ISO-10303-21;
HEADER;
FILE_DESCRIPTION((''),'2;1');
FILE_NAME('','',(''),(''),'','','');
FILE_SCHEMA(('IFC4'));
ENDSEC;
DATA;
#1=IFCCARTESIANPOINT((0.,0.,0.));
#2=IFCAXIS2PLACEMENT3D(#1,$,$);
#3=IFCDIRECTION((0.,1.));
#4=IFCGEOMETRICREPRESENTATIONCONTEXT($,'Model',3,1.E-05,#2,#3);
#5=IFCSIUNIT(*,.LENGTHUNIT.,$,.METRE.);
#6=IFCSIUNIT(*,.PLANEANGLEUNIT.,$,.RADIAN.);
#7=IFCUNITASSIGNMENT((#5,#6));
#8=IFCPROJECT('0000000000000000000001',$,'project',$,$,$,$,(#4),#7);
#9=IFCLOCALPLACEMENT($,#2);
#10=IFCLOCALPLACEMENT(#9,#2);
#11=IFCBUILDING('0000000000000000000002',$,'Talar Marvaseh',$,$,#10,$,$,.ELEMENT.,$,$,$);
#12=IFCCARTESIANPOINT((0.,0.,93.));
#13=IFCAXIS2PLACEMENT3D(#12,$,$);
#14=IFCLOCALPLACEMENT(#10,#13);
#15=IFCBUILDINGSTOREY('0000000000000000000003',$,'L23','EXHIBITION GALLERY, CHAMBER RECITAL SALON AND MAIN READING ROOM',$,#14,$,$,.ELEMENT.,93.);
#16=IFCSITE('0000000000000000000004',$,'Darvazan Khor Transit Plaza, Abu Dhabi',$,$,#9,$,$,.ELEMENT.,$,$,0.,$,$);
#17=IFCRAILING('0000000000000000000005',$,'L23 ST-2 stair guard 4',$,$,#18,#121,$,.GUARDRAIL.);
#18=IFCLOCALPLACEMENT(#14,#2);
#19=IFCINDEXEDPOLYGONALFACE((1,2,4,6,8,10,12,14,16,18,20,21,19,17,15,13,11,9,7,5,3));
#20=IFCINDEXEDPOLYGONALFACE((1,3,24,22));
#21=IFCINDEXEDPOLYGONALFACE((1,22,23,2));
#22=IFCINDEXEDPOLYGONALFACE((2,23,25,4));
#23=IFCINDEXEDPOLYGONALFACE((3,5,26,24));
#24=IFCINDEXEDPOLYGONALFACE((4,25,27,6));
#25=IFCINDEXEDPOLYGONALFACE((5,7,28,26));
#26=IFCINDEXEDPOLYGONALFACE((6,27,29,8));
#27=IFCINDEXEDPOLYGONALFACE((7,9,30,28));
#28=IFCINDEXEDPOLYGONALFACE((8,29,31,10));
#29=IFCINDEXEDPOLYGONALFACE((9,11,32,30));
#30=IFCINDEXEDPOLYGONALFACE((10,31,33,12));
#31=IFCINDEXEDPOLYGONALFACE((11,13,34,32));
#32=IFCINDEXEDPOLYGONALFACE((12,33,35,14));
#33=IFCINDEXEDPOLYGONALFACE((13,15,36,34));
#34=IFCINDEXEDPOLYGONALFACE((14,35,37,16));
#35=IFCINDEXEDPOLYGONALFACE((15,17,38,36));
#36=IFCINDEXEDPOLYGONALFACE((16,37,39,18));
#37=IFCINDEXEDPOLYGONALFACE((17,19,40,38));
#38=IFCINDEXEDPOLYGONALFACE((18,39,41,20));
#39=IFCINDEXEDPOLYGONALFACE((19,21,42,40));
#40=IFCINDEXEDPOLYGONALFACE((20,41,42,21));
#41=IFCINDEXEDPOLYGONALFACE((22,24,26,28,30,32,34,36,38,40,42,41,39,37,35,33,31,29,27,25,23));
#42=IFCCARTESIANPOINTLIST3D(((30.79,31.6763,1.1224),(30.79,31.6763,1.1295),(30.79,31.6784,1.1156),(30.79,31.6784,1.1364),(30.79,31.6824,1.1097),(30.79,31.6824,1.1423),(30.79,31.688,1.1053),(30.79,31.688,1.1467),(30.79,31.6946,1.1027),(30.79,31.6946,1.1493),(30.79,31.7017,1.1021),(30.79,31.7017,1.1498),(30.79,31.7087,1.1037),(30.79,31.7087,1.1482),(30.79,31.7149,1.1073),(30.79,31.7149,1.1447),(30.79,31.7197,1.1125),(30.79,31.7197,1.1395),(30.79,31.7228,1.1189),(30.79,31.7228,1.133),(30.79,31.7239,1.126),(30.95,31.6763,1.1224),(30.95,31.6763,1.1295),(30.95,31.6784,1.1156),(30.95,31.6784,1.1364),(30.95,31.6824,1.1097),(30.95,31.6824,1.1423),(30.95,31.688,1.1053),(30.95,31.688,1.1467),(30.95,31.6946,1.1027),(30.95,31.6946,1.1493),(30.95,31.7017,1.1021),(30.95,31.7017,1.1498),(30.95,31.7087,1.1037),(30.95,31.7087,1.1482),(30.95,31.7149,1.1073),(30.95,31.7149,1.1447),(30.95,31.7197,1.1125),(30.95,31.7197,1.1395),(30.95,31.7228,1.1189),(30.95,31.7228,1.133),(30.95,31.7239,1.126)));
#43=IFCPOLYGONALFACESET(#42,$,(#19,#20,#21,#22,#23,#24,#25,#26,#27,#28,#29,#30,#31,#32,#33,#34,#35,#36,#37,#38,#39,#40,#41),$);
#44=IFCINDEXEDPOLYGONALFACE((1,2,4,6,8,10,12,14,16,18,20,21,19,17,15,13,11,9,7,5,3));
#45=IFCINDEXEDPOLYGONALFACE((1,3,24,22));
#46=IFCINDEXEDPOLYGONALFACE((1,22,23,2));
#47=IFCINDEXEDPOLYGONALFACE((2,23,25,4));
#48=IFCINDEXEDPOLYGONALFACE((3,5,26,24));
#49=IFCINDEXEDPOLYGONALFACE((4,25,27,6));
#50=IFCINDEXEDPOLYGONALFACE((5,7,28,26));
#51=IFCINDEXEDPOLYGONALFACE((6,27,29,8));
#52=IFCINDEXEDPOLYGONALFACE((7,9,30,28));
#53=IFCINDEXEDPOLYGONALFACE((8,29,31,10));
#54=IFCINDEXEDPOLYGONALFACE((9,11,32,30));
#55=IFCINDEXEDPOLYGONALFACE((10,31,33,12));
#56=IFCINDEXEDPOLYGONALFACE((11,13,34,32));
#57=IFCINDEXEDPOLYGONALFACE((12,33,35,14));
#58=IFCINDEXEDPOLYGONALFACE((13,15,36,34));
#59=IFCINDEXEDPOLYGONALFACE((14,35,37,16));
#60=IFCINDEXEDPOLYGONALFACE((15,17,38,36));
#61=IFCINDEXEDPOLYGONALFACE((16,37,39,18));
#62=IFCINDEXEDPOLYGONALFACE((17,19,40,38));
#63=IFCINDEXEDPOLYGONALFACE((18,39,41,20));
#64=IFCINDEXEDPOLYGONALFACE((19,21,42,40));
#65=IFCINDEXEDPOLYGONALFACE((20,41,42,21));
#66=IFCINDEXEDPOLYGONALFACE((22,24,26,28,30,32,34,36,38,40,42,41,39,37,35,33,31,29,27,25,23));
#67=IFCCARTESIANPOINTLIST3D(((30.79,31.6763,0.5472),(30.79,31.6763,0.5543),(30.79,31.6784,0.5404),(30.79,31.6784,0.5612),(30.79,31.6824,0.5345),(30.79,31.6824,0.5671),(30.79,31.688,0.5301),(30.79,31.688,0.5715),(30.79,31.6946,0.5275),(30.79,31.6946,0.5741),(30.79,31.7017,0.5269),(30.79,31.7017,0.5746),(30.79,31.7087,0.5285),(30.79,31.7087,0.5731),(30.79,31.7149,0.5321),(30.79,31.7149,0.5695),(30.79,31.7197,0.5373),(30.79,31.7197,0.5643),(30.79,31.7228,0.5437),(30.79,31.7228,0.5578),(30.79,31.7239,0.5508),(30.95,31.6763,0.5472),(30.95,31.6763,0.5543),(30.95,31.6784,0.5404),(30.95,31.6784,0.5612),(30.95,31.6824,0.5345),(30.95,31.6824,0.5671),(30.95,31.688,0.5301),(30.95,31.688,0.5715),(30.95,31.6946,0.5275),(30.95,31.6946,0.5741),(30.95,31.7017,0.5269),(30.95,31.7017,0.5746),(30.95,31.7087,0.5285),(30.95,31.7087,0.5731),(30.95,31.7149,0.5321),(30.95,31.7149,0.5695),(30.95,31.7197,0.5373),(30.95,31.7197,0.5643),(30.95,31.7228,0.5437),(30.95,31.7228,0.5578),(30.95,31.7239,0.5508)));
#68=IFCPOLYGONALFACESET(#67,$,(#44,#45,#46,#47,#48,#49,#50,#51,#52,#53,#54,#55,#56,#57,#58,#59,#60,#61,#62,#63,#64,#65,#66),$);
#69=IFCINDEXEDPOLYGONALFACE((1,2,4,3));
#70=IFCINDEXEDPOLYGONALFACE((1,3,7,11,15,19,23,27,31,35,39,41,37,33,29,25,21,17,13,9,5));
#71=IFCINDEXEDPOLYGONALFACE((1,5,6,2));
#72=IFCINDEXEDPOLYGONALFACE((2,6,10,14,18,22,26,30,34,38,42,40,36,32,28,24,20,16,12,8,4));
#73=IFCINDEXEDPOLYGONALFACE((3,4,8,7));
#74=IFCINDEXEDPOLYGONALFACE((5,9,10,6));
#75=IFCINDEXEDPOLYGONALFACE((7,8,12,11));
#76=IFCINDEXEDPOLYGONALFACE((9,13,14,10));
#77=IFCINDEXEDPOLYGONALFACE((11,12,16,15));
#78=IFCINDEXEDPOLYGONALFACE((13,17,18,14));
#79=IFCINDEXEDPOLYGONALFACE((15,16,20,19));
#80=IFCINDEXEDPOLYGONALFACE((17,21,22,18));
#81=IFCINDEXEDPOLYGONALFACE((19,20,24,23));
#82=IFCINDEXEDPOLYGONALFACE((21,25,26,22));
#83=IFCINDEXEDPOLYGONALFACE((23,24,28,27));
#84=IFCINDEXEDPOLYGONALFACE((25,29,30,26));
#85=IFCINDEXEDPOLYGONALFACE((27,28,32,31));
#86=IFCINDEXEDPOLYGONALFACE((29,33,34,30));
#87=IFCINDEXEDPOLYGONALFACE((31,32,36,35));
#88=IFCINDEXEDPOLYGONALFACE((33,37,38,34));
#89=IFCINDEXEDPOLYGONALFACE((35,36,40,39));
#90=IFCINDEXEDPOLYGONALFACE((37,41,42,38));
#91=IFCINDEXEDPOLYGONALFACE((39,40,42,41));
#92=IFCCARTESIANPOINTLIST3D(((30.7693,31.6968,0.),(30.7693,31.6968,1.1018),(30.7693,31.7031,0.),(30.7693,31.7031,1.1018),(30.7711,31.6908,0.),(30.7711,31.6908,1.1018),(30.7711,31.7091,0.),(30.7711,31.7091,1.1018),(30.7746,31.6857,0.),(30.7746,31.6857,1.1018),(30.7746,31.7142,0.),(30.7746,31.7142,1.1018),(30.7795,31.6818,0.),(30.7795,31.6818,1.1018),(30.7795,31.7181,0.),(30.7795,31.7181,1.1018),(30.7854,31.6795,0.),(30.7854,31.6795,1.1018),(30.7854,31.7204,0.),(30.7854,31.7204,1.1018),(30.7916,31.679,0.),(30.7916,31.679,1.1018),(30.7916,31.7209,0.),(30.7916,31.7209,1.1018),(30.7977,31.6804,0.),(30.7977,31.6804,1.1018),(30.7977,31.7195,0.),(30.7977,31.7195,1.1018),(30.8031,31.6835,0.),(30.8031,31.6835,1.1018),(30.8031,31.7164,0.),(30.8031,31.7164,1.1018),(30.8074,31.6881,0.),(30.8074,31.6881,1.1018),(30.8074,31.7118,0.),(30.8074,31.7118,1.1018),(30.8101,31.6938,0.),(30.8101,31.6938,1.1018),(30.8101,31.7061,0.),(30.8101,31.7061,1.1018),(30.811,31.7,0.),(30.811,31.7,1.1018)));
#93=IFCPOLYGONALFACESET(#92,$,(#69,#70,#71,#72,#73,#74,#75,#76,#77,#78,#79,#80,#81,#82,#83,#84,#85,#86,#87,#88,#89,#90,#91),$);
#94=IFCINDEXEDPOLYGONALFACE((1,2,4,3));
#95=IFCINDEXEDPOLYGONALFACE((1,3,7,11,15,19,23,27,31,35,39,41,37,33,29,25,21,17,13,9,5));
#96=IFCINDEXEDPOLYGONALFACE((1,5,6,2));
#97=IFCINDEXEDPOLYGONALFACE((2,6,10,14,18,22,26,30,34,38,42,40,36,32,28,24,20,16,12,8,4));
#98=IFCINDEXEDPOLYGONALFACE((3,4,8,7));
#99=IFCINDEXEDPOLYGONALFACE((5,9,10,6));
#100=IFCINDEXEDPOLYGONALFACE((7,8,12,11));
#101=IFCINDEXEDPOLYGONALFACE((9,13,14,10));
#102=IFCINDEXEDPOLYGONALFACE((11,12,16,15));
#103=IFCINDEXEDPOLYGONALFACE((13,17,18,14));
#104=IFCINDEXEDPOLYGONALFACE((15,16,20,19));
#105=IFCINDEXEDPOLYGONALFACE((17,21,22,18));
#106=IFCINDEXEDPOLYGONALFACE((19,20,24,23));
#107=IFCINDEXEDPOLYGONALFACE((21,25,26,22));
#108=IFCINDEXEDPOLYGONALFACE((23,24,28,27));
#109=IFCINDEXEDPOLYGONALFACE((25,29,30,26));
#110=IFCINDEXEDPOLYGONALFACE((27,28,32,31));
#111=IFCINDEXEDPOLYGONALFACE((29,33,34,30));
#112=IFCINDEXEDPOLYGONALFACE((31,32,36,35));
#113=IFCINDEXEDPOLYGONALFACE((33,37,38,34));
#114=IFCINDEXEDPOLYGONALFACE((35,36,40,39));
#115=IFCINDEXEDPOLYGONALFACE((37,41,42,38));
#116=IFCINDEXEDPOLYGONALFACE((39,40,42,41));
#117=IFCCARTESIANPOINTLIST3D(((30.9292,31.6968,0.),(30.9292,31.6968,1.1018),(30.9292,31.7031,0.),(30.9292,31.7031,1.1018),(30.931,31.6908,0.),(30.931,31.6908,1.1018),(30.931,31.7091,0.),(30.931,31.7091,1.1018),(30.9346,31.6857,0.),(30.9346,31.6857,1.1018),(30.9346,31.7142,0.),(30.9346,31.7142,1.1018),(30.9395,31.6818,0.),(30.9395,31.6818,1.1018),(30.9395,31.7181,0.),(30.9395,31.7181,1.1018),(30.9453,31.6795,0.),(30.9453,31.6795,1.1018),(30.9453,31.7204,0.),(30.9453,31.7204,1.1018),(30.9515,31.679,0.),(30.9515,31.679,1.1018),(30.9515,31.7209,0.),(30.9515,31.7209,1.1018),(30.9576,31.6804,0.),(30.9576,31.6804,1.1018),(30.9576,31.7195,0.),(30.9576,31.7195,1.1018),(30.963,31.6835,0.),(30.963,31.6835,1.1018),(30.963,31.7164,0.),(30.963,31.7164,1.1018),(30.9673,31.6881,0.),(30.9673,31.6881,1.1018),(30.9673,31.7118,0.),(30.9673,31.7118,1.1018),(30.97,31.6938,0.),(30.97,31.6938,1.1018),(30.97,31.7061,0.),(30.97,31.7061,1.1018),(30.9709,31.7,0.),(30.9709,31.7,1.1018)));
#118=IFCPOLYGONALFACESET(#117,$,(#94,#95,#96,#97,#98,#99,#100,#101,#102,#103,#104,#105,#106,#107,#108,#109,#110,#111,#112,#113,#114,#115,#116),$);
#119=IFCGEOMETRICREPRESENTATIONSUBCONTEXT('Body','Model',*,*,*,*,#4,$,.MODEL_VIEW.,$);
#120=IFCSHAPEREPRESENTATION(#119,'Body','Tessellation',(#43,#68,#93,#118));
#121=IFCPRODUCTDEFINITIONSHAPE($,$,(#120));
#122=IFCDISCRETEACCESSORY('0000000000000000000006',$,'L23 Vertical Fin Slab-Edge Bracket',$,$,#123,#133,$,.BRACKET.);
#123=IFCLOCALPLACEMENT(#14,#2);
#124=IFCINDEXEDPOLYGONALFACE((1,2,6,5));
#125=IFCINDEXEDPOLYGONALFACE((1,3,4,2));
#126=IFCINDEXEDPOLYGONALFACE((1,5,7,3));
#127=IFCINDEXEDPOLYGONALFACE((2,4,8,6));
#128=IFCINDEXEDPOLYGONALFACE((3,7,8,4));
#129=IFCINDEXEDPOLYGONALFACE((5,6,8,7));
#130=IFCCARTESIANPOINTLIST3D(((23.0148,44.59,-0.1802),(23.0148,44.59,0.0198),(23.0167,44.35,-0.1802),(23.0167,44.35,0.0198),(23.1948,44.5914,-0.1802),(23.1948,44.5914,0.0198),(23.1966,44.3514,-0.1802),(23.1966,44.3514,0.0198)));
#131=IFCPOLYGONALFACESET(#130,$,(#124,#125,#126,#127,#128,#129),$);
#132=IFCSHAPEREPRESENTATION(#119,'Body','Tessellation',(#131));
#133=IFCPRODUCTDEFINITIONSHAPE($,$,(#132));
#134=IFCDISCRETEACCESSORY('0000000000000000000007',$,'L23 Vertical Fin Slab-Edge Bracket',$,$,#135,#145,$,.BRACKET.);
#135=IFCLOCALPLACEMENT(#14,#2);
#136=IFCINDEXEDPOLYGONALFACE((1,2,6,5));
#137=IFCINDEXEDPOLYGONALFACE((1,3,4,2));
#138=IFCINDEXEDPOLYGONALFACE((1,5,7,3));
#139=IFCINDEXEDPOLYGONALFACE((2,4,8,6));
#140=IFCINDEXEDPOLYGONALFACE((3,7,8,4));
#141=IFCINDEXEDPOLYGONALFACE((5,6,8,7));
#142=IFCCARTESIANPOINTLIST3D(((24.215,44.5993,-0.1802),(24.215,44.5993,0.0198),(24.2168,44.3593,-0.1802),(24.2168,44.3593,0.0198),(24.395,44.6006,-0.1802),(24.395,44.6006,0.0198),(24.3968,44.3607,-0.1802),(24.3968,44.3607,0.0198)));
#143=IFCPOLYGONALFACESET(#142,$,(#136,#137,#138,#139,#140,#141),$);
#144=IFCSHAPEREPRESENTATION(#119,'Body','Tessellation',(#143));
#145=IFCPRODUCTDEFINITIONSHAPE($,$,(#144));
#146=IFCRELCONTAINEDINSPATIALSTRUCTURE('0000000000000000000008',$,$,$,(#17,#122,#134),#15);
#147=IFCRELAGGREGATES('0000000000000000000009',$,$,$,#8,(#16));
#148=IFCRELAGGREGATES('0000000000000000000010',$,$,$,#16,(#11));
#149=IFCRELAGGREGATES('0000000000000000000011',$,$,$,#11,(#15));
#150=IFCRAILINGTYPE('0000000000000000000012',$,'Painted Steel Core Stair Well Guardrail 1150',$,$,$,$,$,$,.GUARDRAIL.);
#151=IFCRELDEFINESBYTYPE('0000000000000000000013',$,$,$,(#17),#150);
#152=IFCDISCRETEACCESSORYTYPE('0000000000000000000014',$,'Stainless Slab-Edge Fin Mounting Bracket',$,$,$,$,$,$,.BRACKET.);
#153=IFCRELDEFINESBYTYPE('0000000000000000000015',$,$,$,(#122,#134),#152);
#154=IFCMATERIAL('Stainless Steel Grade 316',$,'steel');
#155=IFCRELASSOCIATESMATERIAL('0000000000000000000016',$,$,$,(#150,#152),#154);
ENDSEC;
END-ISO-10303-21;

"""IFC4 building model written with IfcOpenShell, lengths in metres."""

from ifc_helpers import new_model, si_unit, direction, frame, origin, origin_2d, place, context, subcontext, project, spatial, rectangle, circle, extrude, source, transform, mapped, material, type_object, type_shapes, element, save


model = new_model("IFC4")

# Units and contexts
model_context = context("Model", 3, precision=1e-05, world=origin(), true_north=direction((0.0, 1.0)))
body_context = subcontext(model_context, "Body", "Model", "MODEL_VIEW")
ifc_project = project(units=[si_unit("LENGTHUNIT", "METRE"), si_unit("PLANEANGLEUNIT", "RADIAN")], contexts=[model_context])

# Site, building, storey
site_placement = place(None, origin())
site = spatial("IfcSite", under=ifc_project, at=site_placement, Name="Darvazan Khor Transit Plaza, Abu Dhabi", CompositionType="ELEMENT", RefElevation=0.0)
building_placement = place(site_placement, origin())
building = spatial("IfcBuilding", under=site, at=building_placement, Name="Talar Marvaseh", CompositionType="ELEMENT")
storey_placement = place(building_placement, frame((0.0, 0.0, 93.0)))
storey = spatial("IfcBuildingStorey", under=building, at=storey_placement, Name="L23", Description="EXHIBITION GALLERY, CHAMBER RECITAL SALON AND MAIN READING ROOM", CompositionType="ELEMENT", Elevation=93.0)

# Shared definitions
ifc_material_1 = material(Name="Stainless Steel Grade 316", Category="steel")

# Railing
railing_type_1 = type_object("IfcRailingType", Name="Painted Steel Core Stair Well Guardrail 1150", PredefinedType="GUARDRAIL", material=ifc_material_1)
railing_1_placement = place(storey_placement, frame((30.79, 31.7, 0.0)))
element("IfcRailing", 1, at=railing_1_placement, inside=storey, type_object=railing_type_1, Name="L23 ST-2 stair guard 4", PredefinedType="GUARDRAIL", context=body_context, shape_type="SweptSolid", body=[
    extrude(circle(Radius=0.0239, at=origin_2d()), frame((0.0, 0.0, 1.126), z_axis=(1.0, 0.0, 0.0), x_axis=(0.0, 1.0, 0.0)), (0.0, 0.0, 1.0), 0.1599),
    extrude(circle(Radius=0.0239, at=origin_2d()), frame((0.0, 0.0, 0.5508), z_axis=(1.0, 0.0, 0.0), x_axis=(0.0, 1.0, 0.0)), (0.0, 0.0, 1.0), 0.1599),
    extrude(circle(Radius=0.021, at=origin_2d()), origin(), (0.0, 0.0, 1.0), 1.1018),
    extrude(circle(Radius=0.021, at=origin_2d()), frame((0.1599, 0.0, 0.0)), (0.0, 0.0, 1.0), 1.1018),
])

# Discrete accessories
discrete_accessory_type = type_object("IfcDiscreteAccessoryType", Name="Stainless Slab-Edge Fin Mounting Bracket", PredefinedType="BRACKET", material=ifc_material_1)
shared_shape_1 = source(origin(), body_context, "Body", "SweptSolid", [
    extrude(rectangle(XDim=0.24, YDim=0.1799, at=origin_2d()), origin(), (0.0, 0.0, 1.0), 0.2),
])
type_shapes(discrete_accessory_type, [shared_shape_1])
for number, where, z_axis, x_axis, name in (
    (2, (23.1057, 44.4707, -0.1802), (0.0, 0.0, 1.0), (-0.007505, 0.999972, 0.0), "L23 Vertical Fin Slab-Edge Bracket"),
    (3, (24.3059, 44.48, -0.1802), (0.0, 0.0, 1.0), (-0.007505, 0.999972, 0.0), "L23 Vertical Fin Slab-Edge Bracket"),
):
    element("IfcDiscreteAccessory", number, at=place(storey_placement, frame(where, z_axis=z_axis, x_axis=x_axis)), inside=storey, type_object=discrete_accessory_type, Name=name, PredefinedType="BRACKET", context=body_context, shape_type="MappedRepresentation", body=[
        mapped(shared_shape_1, transform((0.0, 0.0, 0.0), x_axis=(1.0, 0.0, 0.0), y_axis=(0.0, 1.0, 0.0), z_axis=(0.0, 0.0, 1.0), scale=1.0)),
    ])

save(model, "model.ifc")
